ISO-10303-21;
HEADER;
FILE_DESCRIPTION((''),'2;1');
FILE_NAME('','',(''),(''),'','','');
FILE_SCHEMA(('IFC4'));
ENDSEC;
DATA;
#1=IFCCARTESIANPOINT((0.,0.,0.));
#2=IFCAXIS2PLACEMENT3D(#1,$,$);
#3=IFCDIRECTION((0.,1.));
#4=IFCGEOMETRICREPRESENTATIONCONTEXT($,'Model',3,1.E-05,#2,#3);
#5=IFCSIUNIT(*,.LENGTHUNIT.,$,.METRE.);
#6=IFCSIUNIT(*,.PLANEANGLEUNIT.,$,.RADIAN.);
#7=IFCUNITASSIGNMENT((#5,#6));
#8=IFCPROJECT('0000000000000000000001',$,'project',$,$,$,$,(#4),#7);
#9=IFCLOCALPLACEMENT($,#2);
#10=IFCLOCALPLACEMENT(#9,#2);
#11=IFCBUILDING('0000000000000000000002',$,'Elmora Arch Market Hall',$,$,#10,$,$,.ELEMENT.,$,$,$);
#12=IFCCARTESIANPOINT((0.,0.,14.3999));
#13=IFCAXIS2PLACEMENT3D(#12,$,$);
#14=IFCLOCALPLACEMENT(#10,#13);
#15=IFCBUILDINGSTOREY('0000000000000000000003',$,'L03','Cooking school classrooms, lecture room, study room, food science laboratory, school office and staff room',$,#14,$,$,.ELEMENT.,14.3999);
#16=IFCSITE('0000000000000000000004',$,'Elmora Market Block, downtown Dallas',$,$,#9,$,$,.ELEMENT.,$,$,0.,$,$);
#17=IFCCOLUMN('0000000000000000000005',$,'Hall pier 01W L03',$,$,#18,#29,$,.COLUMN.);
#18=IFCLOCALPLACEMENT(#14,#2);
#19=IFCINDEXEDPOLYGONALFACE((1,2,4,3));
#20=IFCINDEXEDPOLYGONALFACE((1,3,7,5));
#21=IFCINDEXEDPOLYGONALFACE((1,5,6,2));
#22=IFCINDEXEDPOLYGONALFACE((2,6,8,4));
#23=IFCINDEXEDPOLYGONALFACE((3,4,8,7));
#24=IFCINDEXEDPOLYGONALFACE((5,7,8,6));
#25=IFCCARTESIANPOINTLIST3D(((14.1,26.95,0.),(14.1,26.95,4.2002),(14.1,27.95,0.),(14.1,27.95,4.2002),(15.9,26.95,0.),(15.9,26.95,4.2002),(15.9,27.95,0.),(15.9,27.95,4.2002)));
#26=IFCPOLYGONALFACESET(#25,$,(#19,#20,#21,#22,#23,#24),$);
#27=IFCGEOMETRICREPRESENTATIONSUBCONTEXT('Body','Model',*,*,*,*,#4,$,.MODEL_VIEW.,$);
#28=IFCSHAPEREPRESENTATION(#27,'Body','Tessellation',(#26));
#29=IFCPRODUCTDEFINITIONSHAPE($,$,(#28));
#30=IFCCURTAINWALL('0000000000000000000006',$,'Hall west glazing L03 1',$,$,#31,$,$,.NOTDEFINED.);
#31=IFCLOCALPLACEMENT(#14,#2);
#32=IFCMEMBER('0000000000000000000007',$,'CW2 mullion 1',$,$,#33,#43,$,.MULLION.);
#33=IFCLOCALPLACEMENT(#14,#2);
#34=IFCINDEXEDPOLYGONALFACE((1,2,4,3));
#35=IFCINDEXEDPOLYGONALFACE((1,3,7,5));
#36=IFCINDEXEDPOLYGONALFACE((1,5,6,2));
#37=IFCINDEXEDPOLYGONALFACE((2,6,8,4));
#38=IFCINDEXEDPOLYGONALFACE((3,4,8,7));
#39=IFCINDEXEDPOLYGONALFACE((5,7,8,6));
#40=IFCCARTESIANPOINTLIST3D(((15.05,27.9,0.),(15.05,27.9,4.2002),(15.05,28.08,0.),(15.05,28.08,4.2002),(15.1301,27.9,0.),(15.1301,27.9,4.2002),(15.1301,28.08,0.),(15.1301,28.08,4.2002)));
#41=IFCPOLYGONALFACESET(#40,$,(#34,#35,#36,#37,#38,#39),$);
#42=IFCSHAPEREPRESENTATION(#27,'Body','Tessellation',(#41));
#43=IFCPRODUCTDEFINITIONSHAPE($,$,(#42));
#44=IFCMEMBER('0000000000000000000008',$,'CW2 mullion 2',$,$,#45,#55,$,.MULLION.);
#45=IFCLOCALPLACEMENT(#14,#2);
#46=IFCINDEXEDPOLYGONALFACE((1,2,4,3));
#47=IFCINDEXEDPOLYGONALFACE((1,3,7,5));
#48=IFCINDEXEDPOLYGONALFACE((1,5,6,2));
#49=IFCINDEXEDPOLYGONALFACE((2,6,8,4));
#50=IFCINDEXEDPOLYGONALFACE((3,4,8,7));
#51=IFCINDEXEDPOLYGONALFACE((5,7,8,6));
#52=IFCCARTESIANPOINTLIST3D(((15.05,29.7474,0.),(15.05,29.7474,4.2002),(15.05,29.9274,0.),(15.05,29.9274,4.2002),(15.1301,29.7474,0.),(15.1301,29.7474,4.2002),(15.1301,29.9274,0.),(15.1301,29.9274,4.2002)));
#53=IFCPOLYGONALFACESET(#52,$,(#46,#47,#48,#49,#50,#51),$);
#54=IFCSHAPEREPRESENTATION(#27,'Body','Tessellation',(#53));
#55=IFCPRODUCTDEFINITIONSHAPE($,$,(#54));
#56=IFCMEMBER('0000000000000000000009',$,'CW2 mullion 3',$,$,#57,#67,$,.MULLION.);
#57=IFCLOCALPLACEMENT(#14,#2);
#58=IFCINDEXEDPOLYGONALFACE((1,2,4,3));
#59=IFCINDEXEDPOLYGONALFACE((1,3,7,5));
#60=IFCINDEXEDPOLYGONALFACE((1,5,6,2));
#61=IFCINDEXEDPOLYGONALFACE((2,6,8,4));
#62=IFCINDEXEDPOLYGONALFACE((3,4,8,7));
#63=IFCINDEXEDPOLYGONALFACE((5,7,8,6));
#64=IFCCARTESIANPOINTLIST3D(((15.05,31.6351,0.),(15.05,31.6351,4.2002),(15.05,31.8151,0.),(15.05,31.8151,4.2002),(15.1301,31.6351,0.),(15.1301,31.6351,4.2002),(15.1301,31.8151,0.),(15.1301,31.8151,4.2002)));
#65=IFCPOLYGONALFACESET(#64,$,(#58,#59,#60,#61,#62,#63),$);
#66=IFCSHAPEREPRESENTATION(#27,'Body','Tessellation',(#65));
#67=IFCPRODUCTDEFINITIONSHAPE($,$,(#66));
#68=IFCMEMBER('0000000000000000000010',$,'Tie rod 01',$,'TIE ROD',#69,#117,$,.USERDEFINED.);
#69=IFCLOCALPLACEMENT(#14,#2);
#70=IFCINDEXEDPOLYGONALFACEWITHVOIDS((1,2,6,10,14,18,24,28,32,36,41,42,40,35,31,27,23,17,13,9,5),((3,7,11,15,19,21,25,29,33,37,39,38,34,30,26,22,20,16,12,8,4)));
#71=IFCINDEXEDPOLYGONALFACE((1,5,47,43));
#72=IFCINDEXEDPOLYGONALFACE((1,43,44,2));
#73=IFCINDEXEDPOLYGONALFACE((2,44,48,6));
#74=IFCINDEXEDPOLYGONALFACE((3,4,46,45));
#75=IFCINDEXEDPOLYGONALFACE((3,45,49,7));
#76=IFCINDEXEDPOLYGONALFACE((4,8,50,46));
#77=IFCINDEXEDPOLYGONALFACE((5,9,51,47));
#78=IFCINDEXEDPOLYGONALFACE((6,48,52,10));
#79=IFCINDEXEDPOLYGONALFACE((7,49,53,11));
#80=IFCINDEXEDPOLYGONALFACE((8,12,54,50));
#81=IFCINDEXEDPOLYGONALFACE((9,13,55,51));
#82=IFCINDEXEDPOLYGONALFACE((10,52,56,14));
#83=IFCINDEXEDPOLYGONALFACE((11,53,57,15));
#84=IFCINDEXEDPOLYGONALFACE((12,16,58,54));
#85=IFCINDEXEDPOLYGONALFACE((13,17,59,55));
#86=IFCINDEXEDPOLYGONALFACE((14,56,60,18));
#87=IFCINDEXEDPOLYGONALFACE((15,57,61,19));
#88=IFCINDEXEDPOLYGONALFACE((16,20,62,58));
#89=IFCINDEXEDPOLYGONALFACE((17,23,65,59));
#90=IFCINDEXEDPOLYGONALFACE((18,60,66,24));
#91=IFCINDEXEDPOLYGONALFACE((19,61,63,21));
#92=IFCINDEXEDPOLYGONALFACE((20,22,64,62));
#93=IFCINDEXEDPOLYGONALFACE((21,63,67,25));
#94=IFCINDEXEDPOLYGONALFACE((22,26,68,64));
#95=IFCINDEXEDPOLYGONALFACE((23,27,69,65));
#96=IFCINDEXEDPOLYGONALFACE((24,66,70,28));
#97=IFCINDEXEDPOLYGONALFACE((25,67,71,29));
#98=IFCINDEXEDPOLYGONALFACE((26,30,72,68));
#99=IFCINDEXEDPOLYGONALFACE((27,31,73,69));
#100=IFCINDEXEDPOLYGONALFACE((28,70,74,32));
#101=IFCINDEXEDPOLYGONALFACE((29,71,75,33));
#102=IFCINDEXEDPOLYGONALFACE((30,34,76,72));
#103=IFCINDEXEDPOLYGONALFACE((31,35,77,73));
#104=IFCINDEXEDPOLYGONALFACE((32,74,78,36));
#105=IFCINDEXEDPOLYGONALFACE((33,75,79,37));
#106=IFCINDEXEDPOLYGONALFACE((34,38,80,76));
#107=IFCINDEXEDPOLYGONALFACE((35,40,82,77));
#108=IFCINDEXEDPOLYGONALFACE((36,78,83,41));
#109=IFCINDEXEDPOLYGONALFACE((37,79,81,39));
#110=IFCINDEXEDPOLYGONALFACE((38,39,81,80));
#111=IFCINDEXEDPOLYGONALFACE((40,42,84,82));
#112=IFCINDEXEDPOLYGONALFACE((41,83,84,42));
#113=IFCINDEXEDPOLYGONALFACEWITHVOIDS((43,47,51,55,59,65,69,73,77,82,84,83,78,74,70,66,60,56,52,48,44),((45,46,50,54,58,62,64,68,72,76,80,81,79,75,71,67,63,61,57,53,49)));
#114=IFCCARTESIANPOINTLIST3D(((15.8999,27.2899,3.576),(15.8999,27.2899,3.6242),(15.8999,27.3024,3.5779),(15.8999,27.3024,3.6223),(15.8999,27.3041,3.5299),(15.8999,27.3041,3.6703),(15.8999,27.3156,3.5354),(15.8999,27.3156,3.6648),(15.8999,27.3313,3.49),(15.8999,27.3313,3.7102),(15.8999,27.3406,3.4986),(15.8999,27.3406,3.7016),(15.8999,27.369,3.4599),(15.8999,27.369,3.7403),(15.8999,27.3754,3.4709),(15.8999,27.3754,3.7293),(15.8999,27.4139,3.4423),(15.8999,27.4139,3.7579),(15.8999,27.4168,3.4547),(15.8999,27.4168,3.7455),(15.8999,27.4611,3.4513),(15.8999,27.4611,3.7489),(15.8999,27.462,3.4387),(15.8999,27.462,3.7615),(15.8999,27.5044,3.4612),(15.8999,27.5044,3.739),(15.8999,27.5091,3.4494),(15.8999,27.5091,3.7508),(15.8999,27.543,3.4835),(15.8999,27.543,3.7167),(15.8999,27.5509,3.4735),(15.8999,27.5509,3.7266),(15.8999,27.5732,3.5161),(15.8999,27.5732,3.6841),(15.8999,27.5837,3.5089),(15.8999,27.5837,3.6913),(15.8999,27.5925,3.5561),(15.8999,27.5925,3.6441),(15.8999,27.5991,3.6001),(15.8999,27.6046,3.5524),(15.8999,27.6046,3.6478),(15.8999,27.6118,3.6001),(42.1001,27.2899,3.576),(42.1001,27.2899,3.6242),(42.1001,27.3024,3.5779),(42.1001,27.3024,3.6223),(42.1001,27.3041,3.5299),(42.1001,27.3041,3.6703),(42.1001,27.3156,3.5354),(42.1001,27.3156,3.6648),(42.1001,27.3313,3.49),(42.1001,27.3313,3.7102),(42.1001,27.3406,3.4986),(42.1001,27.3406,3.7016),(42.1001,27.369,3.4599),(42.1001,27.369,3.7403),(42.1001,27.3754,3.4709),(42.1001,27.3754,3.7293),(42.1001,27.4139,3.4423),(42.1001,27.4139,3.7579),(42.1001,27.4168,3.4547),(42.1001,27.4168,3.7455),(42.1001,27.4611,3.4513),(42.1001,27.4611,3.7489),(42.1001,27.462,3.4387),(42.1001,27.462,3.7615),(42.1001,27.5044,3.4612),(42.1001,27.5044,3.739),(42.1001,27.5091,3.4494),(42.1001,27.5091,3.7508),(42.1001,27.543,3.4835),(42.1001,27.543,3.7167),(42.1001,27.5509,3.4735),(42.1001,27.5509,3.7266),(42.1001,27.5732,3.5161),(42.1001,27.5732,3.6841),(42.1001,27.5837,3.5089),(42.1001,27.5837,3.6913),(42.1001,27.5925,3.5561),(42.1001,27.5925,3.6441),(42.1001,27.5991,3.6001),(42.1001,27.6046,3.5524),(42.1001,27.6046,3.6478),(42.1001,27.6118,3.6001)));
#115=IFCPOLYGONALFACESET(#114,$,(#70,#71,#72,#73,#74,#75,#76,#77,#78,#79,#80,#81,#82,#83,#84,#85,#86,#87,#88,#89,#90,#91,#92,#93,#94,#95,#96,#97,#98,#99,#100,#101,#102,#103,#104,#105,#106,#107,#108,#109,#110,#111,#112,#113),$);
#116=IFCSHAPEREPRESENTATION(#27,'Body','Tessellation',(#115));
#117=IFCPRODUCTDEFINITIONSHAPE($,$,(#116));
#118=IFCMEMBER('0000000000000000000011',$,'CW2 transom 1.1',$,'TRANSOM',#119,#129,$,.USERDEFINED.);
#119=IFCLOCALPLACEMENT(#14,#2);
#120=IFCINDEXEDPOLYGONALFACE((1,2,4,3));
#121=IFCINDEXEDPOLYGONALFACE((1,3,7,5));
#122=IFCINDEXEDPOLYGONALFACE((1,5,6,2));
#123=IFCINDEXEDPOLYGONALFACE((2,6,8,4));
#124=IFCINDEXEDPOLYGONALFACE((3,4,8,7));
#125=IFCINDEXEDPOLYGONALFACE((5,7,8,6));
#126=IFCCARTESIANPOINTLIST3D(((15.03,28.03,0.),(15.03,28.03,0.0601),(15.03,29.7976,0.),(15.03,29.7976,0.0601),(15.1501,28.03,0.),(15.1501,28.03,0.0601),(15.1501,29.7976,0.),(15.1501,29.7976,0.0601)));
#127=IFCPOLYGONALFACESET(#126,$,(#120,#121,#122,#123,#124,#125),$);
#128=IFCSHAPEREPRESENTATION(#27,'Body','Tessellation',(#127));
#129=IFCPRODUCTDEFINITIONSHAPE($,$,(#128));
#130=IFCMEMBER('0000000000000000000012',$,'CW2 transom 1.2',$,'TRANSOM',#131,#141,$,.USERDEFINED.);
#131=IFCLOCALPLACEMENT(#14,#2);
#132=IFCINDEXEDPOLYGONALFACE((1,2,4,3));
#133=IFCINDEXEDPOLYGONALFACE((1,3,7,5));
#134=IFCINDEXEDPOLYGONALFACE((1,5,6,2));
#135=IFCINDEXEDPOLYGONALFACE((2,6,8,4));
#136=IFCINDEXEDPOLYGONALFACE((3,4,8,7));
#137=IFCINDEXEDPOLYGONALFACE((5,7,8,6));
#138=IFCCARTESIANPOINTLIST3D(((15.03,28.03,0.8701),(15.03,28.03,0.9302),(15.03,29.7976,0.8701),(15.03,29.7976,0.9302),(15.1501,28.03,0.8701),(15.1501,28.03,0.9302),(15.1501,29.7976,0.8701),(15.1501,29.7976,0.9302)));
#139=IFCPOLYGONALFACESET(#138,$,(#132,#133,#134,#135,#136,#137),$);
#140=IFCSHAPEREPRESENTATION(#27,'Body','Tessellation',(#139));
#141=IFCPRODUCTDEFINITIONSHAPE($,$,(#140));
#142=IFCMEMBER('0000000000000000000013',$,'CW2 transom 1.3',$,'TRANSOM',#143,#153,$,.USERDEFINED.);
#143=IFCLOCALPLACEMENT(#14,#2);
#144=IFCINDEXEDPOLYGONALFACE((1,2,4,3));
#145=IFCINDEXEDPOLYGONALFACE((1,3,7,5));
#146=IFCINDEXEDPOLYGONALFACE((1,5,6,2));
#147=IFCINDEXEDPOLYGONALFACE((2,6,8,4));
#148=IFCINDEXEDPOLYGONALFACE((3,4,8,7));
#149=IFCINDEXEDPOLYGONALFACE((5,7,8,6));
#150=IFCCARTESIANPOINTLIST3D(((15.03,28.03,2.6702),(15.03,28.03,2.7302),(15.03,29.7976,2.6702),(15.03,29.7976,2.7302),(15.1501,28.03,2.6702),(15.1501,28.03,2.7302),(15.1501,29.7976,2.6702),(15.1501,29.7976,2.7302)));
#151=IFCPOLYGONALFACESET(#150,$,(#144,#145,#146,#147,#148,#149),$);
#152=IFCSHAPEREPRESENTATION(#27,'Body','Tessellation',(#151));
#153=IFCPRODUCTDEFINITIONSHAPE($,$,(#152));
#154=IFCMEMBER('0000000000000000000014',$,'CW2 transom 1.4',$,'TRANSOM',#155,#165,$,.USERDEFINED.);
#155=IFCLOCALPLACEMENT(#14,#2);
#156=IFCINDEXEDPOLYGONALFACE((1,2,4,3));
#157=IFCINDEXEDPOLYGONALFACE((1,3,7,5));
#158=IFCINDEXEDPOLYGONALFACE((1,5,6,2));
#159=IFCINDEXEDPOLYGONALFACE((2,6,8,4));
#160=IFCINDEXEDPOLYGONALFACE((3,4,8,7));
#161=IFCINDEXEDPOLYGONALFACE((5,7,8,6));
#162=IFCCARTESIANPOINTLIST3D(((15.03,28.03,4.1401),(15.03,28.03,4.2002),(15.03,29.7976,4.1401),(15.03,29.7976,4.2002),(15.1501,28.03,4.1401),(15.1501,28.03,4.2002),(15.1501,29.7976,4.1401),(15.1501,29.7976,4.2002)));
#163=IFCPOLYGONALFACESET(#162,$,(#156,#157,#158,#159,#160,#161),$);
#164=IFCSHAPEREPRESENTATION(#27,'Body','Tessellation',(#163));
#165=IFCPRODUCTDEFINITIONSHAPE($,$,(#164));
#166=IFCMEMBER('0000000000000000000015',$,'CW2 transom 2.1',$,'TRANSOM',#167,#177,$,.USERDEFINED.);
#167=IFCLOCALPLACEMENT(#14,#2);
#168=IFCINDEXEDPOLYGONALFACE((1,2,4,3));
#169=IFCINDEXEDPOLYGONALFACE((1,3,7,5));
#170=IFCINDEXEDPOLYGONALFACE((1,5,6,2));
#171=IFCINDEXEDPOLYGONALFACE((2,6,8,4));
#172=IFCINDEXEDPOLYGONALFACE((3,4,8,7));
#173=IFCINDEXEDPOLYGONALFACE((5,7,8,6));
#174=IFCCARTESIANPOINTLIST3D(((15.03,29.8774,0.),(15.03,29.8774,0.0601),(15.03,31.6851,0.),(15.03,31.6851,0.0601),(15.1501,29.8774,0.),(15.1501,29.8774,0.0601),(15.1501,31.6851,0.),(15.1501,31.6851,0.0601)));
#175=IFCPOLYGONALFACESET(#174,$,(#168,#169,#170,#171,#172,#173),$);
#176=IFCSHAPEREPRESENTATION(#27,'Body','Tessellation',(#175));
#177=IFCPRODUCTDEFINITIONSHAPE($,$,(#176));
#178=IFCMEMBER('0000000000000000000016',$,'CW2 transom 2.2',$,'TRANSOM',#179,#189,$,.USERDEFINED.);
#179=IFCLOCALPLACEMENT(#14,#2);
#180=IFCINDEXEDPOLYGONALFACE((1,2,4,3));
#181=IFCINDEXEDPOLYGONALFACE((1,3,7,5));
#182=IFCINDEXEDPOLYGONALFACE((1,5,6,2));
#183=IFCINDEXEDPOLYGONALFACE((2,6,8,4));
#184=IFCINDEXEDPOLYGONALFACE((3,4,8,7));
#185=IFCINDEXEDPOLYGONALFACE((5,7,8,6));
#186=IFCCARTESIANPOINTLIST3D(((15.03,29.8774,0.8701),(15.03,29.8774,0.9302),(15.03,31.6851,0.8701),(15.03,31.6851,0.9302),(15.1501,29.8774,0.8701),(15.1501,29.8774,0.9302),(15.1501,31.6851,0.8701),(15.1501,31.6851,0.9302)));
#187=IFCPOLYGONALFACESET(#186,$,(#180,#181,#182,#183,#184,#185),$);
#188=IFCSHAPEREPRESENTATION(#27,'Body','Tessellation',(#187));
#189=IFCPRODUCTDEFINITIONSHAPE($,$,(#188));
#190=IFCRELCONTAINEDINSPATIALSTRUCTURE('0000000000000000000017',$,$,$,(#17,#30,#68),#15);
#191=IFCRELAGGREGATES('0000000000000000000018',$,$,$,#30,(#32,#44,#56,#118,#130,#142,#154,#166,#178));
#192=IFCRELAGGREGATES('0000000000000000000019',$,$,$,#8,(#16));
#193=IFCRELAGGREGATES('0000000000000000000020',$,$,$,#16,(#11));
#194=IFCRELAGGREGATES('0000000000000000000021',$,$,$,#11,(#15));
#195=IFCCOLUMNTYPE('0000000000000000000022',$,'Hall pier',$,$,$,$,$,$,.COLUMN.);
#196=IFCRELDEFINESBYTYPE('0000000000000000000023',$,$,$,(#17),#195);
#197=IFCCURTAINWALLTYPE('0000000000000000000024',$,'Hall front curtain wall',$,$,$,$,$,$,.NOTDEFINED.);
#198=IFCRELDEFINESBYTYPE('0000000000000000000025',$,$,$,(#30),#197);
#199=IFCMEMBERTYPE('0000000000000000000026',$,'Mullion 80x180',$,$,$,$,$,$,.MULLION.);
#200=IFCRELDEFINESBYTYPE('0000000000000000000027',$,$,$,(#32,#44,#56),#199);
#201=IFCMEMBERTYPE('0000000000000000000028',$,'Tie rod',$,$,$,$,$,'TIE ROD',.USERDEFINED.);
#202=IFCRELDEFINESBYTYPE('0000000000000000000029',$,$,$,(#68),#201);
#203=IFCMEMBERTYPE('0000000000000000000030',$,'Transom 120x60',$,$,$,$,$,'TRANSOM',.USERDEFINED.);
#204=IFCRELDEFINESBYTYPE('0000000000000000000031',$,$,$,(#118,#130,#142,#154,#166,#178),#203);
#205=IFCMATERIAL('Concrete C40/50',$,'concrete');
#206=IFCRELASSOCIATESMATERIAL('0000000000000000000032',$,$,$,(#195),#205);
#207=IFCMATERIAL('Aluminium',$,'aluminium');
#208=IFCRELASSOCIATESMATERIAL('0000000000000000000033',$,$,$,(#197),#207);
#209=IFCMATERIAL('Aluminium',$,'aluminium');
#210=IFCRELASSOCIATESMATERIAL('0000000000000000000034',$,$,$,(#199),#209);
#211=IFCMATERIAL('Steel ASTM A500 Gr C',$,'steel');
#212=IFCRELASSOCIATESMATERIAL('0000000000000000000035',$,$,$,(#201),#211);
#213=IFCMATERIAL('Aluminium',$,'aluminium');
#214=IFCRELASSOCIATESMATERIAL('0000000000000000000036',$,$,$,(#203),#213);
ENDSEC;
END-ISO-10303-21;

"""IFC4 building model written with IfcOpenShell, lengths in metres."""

from ifc_helpers import new_model, si_unit, direction, frame, origin, origin_2d, place, context, subcontext, project, spatial, rectangle, hollow_circle, extrude, material, material_profile, profile_set, type_object, element, aggregate, save


model = new_model("IFC4")

# Units and contexts
model_context = context("Model", 3, precision=1e-05, world=origin(), true_north=direction((0.0, 1.0)))
body_context = subcontext(model_context, "Body", "Model", "MODEL_VIEW")
ifc_project = project(units=[si_unit("LENGTHUNIT", "METRE"), si_unit("PLANEANGLEUNIT", "RADIAN")], contexts=[model_context])

# Site, building, storey
site_placement = place(None, origin())
site = spatial("IfcSite", under=ifc_project, at=site_placement, Name="Elmora Market Block, downtown Dallas", CompositionType="ELEMENT", RefElevation=0.0)
building_placement = place(site_placement, origin())
building = spatial("IfcBuilding", under=site, at=building_placement, Name="Elmora Arch Market Hall", CompositionType="ELEMENT")
storey_placement = place(building_placement, frame((0.0, 0.0, 14.3999)))
storey = spatial("IfcBuildingStorey", under=building, at=storey_placement, Name="L03", Description="Cooking school classrooms, lecture room, study room, food science laboratory, school office and staff room", CompositionType="ELEMENT", Elevation=14.3999)

# Column
ifc_material_1 = material(Name="Concrete C40/50", Category="concrete")
ifc_material_profile_1 = material_profile(ifc_material_1, rectangle(XDim=1.8, YDim=1.0, at=origin_2d()), Name="Hall pier")
ifc_profile_set_1 = profile_set([ifc_material_profile_1], Name="Concrete C40/50")
column_type = type_object("IfcColumnType", Name="Hall pier", PredefinedType="COLUMN", material=ifc_profile_set_1)
column_placement = place(storey_placement, frame((15.0, 27.45, 0.0), z_axis=(0.0, 0.0, 1.0), x_axis=(1.0, 0.0, 0.0)))
element("IfcColumn", 1, at=column_placement, inside=storey, type_object=column_type, Name="Hall pier 01W L03", PredefinedType="COLUMN", context=body_context, shape_type="SweptSolid", body=[
    extrude(rectangle(XDim=1.8, YDim=1.0, at=origin_2d()), origin(), (0.0, 0.0, 1.0), 4.2002),
])

# Curtain wall, members
ifc_material_2 = material(Name="Aluminium", Category="aluminium")
curtain_wall_type = type_object("IfcCurtainWallType", Name="Hall front curtain wall", PredefinedType="NOTDEFINED", material=ifc_material_2)
curtain_wall_placement = place(storey_placement, origin())
curtain_wall = element("IfcCurtainWall", 2, at=curtain_wall_placement, inside=storey, type_object=curtain_wall_type, Name="Hall west glazing L03 1", PredefinedType="NOTDEFINED")
ifc_material_3 = material(Name="Aluminium", Category="aluminium")
ifc_material_profile_2 = material_profile(ifc_material_3, rectangle(XDim=0.0801, YDim=0.1799, at=origin_2d()), Name="AL 80x180")
ifc_profile_set_2 = profile_set([ifc_material_profile_2], Name="Aluminium")
member_type_1 = type_object("IfcMemberType", Name="Mullion 80x180", PredefinedType="MULLION", material=ifc_profile_set_2)
member_1_placement = place(storey_placement, frame((15.0901, 27.99, 0.0), z_axis=(0.0, 0.0, 1.0), x_axis=(-1.0, 0.0, 0.0)))
member_1 = element("IfcMember", 3, at=member_1_placement, type_object=member_type_1, Name="CW2 mullion 1", PredefinedType="MULLION", context=body_context, shape_type="SweptSolid", body=[
    extrude(rectangle(XDim=0.0801, YDim=0.1799, at=origin_2d()), origin(), (0.0, 0.0, 1.0), 4.2002),
])
member_2_placement = place(storey_placement, frame((15.0901, 29.8374, 0.0), z_axis=(0.0, 0.0, 1.0), x_axis=(-1.0, 0.0, 0.0)))
member_2 = element("IfcMember", 4, at=member_2_placement, type_object=member_type_1, Name="CW2 mullion 2", PredefinedType="MULLION", context=body_context, shape_type="SweptSolid", body=[
    extrude(rectangle(XDim=0.0801, YDim=0.1799, at=origin_2d()), origin(), (0.0, 0.0, 1.0), 4.2002),
])
member_3_placement = place(storey_placement, frame((15.0901, 31.7251, 0.0), z_axis=(0.0, 0.0, 1.0), x_axis=(-1.0, 0.0, 0.0)))
member_3 = element("IfcMember", 5, at=member_3_placement, type_object=member_type_1, Name="CW2 mullion 3", PredefinedType="MULLION", context=body_context, shape_type="SweptSolid", body=[
    extrude(rectangle(XDim=0.0801, YDim=0.1799, at=origin_2d()), origin(), (0.0, 0.0, 1.0), 4.2002),
])

# Members
ifc_material_4 = material(Name="Steel ASTM A500 Gr C", Category="steel")
ifc_material_profile_3 = material_profile(ifc_material_4, hollow_circle(Radius=0.1619, WallThickness=0.0127, at=origin_2d()), Name="Tie rod")
ifc_profile_set_3 = profile_set([ifc_material_profile_3], Name="Steel ASTM A500 Gr C")
member_type_2 = type_object("IfcMemberType", Name="Tie rod", ElementType="TIE ROD", PredefinedType="USERDEFINED", material=ifc_profile_set_3)
member_4_placement = place(storey_placement, frame((15.8999, 27.45, 3.6001), z_axis=(1.0, 0.0, 0.0), x_axis=(0.0, 1.0, 0.0)))
element("IfcMember", 6, at=member_4_placement, inside=storey, type_object=member_type_2, Name="Tie rod 01", ObjectType="TIE ROD", PredefinedType="USERDEFINED", context=body_context, shape_type="SweptSolid", body=[
    extrude(hollow_circle(Radius=0.1619, WallThickness=0.0127, at=origin_2d()), origin(), (0.0, 0.0, 1.0), 26.2002),
])
ifc_material_5 = material(Name="Aluminium", Category="aluminium")
ifc_material_profile_4 = material_profile(ifc_material_5, rectangle(XDim=0.1201, YDim=0.0601, at=origin_2d()), Name="AL 120x60")
ifc_profile_set_4 = profile_set([ifc_material_profile_4], Name="Aluminium")
member_type_3 = type_object("IfcMemberType", Name="Transom 120x60", ElementType="TRANSOM", PredefinedType="USERDEFINED", material=ifc_profile_set_4)
member_5_placement = place(storey_placement, frame((15.0901, 28.03, 0.03), z_axis=(0.0, 1.0, 0.0), x_axis=(-1.0, 0.0, 0.0)))
member_5 = element("IfcMember", 7, at=member_5_placement, type_object=member_type_3, Name="CW2 transom 1.1", ObjectType="TRANSOM", PredefinedType="USERDEFINED", context=body_context, shape_type="SweptSolid", body=[
    extrude(rectangle(XDim=0.1201, YDim=0.0601, at=origin_2d()), origin(), (0.0, 0.0, 1.0), 1.7676),
])
member_6_placement = place(storey_placement, frame((15.0901, 28.03, 0.9001), z_axis=(0.0, 1.0, 0.0), x_axis=(-1.0, 0.0, 0.0)))
member_6 = element("IfcMember", 8, at=member_6_placement, type_object=member_type_3, Name="CW2 transom 1.2", ObjectType="TRANSOM", PredefinedType="USERDEFINED", context=body_context, shape_type="SweptSolid", body=[
    extrude(rectangle(XDim=0.1201, YDim=0.0601, at=origin_2d()), origin(), (0.0, 0.0, 1.0), 1.7676),
])
member_7_placement = place(storey_placement, frame((15.0901, 28.03, 2.7002), z_axis=(0.0, 1.0, 0.0), x_axis=(-1.0, 0.0, 0.0)))
member_7 = element("IfcMember", 9, at=member_7_placement, type_object=member_type_3, Name="CW2 transom 1.3", ObjectType="TRANSOM", PredefinedType="USERDEFINED", context=body_context, shape_type="SweptSolid", body=[
    extrude(rectangle(XDim=0.1201, YDim=0.0601, at=origin_2d()), origin(), (0.0, 0.0, 1.0), 1.7676),
])
member_8_placement = place(storey_placement, frame((15.0901, 28.03, 4.1702), z_axis=(0.0, 1.0, 0.0), x_axis=(-1.0, 0.0, 0.0)))
member_8 = element("IfcMember", 10, at=member_8_placement, type_object=member_type_3, Name="CW2 transom 1.4", ObjectType="TRANSOM", PredefinedType="USERDEFINED", context=body_context, shape_type="SweptSolid", body=[
    extrude(rectangle(XDim=0.1201, YDim=0.0601, at=origin_2d()), origin(), (0.0, 0.0, 1.0), 1.7676),
])
member_9_placement = place(storey_placement, frame((15.0901, 29.8774, 0.03), z_axis=(0.0, 1.0, 0.0), x_axis=(-1.0, 0.0, 0.0)))
member_9 = element("IfcMember", 11, at=member_9_placement, type_object=member_type_3, Name="CW2 transom 2.1", ObjectType="TRANSOM", PredefinedType="USERDEFINED", context=body_context, shape_type="SweptSolid", body=[
    extrude(rectangle(XDim=0.1201, YDim=0.0601, at=origin_2d()), origin(), (0.0, 0.0, 1.0), 1.8076),
])
member_10_placement = place(storey_placement, frame((15.0901, 29.8774, 0.9001), z_axis=(0.0, 1.0, 0.0), x_axis=(-1.0, 0.0, 0.0)))
member_10 = element("IfcMember", 12, at=member_10_placement, type_object=member_type_3, Name="CW2 transom 2.2", ObjectType="TRANSOM", PredefinedType="USERDEFINED", context=body_context, shape_type="SweptSolid", body=[
    extrude(rectangle(XDim=0.1201, YDim=0.0601, at=origin_2d()), origin(), (0.0, 0.0, 1.0), 1.8076),
])

aggregate(curtain_wall, [member_1, member_2, member_3, member_5, member_6, member_7, member_8, member_9, member_10])

save(model, "model.ifc")
